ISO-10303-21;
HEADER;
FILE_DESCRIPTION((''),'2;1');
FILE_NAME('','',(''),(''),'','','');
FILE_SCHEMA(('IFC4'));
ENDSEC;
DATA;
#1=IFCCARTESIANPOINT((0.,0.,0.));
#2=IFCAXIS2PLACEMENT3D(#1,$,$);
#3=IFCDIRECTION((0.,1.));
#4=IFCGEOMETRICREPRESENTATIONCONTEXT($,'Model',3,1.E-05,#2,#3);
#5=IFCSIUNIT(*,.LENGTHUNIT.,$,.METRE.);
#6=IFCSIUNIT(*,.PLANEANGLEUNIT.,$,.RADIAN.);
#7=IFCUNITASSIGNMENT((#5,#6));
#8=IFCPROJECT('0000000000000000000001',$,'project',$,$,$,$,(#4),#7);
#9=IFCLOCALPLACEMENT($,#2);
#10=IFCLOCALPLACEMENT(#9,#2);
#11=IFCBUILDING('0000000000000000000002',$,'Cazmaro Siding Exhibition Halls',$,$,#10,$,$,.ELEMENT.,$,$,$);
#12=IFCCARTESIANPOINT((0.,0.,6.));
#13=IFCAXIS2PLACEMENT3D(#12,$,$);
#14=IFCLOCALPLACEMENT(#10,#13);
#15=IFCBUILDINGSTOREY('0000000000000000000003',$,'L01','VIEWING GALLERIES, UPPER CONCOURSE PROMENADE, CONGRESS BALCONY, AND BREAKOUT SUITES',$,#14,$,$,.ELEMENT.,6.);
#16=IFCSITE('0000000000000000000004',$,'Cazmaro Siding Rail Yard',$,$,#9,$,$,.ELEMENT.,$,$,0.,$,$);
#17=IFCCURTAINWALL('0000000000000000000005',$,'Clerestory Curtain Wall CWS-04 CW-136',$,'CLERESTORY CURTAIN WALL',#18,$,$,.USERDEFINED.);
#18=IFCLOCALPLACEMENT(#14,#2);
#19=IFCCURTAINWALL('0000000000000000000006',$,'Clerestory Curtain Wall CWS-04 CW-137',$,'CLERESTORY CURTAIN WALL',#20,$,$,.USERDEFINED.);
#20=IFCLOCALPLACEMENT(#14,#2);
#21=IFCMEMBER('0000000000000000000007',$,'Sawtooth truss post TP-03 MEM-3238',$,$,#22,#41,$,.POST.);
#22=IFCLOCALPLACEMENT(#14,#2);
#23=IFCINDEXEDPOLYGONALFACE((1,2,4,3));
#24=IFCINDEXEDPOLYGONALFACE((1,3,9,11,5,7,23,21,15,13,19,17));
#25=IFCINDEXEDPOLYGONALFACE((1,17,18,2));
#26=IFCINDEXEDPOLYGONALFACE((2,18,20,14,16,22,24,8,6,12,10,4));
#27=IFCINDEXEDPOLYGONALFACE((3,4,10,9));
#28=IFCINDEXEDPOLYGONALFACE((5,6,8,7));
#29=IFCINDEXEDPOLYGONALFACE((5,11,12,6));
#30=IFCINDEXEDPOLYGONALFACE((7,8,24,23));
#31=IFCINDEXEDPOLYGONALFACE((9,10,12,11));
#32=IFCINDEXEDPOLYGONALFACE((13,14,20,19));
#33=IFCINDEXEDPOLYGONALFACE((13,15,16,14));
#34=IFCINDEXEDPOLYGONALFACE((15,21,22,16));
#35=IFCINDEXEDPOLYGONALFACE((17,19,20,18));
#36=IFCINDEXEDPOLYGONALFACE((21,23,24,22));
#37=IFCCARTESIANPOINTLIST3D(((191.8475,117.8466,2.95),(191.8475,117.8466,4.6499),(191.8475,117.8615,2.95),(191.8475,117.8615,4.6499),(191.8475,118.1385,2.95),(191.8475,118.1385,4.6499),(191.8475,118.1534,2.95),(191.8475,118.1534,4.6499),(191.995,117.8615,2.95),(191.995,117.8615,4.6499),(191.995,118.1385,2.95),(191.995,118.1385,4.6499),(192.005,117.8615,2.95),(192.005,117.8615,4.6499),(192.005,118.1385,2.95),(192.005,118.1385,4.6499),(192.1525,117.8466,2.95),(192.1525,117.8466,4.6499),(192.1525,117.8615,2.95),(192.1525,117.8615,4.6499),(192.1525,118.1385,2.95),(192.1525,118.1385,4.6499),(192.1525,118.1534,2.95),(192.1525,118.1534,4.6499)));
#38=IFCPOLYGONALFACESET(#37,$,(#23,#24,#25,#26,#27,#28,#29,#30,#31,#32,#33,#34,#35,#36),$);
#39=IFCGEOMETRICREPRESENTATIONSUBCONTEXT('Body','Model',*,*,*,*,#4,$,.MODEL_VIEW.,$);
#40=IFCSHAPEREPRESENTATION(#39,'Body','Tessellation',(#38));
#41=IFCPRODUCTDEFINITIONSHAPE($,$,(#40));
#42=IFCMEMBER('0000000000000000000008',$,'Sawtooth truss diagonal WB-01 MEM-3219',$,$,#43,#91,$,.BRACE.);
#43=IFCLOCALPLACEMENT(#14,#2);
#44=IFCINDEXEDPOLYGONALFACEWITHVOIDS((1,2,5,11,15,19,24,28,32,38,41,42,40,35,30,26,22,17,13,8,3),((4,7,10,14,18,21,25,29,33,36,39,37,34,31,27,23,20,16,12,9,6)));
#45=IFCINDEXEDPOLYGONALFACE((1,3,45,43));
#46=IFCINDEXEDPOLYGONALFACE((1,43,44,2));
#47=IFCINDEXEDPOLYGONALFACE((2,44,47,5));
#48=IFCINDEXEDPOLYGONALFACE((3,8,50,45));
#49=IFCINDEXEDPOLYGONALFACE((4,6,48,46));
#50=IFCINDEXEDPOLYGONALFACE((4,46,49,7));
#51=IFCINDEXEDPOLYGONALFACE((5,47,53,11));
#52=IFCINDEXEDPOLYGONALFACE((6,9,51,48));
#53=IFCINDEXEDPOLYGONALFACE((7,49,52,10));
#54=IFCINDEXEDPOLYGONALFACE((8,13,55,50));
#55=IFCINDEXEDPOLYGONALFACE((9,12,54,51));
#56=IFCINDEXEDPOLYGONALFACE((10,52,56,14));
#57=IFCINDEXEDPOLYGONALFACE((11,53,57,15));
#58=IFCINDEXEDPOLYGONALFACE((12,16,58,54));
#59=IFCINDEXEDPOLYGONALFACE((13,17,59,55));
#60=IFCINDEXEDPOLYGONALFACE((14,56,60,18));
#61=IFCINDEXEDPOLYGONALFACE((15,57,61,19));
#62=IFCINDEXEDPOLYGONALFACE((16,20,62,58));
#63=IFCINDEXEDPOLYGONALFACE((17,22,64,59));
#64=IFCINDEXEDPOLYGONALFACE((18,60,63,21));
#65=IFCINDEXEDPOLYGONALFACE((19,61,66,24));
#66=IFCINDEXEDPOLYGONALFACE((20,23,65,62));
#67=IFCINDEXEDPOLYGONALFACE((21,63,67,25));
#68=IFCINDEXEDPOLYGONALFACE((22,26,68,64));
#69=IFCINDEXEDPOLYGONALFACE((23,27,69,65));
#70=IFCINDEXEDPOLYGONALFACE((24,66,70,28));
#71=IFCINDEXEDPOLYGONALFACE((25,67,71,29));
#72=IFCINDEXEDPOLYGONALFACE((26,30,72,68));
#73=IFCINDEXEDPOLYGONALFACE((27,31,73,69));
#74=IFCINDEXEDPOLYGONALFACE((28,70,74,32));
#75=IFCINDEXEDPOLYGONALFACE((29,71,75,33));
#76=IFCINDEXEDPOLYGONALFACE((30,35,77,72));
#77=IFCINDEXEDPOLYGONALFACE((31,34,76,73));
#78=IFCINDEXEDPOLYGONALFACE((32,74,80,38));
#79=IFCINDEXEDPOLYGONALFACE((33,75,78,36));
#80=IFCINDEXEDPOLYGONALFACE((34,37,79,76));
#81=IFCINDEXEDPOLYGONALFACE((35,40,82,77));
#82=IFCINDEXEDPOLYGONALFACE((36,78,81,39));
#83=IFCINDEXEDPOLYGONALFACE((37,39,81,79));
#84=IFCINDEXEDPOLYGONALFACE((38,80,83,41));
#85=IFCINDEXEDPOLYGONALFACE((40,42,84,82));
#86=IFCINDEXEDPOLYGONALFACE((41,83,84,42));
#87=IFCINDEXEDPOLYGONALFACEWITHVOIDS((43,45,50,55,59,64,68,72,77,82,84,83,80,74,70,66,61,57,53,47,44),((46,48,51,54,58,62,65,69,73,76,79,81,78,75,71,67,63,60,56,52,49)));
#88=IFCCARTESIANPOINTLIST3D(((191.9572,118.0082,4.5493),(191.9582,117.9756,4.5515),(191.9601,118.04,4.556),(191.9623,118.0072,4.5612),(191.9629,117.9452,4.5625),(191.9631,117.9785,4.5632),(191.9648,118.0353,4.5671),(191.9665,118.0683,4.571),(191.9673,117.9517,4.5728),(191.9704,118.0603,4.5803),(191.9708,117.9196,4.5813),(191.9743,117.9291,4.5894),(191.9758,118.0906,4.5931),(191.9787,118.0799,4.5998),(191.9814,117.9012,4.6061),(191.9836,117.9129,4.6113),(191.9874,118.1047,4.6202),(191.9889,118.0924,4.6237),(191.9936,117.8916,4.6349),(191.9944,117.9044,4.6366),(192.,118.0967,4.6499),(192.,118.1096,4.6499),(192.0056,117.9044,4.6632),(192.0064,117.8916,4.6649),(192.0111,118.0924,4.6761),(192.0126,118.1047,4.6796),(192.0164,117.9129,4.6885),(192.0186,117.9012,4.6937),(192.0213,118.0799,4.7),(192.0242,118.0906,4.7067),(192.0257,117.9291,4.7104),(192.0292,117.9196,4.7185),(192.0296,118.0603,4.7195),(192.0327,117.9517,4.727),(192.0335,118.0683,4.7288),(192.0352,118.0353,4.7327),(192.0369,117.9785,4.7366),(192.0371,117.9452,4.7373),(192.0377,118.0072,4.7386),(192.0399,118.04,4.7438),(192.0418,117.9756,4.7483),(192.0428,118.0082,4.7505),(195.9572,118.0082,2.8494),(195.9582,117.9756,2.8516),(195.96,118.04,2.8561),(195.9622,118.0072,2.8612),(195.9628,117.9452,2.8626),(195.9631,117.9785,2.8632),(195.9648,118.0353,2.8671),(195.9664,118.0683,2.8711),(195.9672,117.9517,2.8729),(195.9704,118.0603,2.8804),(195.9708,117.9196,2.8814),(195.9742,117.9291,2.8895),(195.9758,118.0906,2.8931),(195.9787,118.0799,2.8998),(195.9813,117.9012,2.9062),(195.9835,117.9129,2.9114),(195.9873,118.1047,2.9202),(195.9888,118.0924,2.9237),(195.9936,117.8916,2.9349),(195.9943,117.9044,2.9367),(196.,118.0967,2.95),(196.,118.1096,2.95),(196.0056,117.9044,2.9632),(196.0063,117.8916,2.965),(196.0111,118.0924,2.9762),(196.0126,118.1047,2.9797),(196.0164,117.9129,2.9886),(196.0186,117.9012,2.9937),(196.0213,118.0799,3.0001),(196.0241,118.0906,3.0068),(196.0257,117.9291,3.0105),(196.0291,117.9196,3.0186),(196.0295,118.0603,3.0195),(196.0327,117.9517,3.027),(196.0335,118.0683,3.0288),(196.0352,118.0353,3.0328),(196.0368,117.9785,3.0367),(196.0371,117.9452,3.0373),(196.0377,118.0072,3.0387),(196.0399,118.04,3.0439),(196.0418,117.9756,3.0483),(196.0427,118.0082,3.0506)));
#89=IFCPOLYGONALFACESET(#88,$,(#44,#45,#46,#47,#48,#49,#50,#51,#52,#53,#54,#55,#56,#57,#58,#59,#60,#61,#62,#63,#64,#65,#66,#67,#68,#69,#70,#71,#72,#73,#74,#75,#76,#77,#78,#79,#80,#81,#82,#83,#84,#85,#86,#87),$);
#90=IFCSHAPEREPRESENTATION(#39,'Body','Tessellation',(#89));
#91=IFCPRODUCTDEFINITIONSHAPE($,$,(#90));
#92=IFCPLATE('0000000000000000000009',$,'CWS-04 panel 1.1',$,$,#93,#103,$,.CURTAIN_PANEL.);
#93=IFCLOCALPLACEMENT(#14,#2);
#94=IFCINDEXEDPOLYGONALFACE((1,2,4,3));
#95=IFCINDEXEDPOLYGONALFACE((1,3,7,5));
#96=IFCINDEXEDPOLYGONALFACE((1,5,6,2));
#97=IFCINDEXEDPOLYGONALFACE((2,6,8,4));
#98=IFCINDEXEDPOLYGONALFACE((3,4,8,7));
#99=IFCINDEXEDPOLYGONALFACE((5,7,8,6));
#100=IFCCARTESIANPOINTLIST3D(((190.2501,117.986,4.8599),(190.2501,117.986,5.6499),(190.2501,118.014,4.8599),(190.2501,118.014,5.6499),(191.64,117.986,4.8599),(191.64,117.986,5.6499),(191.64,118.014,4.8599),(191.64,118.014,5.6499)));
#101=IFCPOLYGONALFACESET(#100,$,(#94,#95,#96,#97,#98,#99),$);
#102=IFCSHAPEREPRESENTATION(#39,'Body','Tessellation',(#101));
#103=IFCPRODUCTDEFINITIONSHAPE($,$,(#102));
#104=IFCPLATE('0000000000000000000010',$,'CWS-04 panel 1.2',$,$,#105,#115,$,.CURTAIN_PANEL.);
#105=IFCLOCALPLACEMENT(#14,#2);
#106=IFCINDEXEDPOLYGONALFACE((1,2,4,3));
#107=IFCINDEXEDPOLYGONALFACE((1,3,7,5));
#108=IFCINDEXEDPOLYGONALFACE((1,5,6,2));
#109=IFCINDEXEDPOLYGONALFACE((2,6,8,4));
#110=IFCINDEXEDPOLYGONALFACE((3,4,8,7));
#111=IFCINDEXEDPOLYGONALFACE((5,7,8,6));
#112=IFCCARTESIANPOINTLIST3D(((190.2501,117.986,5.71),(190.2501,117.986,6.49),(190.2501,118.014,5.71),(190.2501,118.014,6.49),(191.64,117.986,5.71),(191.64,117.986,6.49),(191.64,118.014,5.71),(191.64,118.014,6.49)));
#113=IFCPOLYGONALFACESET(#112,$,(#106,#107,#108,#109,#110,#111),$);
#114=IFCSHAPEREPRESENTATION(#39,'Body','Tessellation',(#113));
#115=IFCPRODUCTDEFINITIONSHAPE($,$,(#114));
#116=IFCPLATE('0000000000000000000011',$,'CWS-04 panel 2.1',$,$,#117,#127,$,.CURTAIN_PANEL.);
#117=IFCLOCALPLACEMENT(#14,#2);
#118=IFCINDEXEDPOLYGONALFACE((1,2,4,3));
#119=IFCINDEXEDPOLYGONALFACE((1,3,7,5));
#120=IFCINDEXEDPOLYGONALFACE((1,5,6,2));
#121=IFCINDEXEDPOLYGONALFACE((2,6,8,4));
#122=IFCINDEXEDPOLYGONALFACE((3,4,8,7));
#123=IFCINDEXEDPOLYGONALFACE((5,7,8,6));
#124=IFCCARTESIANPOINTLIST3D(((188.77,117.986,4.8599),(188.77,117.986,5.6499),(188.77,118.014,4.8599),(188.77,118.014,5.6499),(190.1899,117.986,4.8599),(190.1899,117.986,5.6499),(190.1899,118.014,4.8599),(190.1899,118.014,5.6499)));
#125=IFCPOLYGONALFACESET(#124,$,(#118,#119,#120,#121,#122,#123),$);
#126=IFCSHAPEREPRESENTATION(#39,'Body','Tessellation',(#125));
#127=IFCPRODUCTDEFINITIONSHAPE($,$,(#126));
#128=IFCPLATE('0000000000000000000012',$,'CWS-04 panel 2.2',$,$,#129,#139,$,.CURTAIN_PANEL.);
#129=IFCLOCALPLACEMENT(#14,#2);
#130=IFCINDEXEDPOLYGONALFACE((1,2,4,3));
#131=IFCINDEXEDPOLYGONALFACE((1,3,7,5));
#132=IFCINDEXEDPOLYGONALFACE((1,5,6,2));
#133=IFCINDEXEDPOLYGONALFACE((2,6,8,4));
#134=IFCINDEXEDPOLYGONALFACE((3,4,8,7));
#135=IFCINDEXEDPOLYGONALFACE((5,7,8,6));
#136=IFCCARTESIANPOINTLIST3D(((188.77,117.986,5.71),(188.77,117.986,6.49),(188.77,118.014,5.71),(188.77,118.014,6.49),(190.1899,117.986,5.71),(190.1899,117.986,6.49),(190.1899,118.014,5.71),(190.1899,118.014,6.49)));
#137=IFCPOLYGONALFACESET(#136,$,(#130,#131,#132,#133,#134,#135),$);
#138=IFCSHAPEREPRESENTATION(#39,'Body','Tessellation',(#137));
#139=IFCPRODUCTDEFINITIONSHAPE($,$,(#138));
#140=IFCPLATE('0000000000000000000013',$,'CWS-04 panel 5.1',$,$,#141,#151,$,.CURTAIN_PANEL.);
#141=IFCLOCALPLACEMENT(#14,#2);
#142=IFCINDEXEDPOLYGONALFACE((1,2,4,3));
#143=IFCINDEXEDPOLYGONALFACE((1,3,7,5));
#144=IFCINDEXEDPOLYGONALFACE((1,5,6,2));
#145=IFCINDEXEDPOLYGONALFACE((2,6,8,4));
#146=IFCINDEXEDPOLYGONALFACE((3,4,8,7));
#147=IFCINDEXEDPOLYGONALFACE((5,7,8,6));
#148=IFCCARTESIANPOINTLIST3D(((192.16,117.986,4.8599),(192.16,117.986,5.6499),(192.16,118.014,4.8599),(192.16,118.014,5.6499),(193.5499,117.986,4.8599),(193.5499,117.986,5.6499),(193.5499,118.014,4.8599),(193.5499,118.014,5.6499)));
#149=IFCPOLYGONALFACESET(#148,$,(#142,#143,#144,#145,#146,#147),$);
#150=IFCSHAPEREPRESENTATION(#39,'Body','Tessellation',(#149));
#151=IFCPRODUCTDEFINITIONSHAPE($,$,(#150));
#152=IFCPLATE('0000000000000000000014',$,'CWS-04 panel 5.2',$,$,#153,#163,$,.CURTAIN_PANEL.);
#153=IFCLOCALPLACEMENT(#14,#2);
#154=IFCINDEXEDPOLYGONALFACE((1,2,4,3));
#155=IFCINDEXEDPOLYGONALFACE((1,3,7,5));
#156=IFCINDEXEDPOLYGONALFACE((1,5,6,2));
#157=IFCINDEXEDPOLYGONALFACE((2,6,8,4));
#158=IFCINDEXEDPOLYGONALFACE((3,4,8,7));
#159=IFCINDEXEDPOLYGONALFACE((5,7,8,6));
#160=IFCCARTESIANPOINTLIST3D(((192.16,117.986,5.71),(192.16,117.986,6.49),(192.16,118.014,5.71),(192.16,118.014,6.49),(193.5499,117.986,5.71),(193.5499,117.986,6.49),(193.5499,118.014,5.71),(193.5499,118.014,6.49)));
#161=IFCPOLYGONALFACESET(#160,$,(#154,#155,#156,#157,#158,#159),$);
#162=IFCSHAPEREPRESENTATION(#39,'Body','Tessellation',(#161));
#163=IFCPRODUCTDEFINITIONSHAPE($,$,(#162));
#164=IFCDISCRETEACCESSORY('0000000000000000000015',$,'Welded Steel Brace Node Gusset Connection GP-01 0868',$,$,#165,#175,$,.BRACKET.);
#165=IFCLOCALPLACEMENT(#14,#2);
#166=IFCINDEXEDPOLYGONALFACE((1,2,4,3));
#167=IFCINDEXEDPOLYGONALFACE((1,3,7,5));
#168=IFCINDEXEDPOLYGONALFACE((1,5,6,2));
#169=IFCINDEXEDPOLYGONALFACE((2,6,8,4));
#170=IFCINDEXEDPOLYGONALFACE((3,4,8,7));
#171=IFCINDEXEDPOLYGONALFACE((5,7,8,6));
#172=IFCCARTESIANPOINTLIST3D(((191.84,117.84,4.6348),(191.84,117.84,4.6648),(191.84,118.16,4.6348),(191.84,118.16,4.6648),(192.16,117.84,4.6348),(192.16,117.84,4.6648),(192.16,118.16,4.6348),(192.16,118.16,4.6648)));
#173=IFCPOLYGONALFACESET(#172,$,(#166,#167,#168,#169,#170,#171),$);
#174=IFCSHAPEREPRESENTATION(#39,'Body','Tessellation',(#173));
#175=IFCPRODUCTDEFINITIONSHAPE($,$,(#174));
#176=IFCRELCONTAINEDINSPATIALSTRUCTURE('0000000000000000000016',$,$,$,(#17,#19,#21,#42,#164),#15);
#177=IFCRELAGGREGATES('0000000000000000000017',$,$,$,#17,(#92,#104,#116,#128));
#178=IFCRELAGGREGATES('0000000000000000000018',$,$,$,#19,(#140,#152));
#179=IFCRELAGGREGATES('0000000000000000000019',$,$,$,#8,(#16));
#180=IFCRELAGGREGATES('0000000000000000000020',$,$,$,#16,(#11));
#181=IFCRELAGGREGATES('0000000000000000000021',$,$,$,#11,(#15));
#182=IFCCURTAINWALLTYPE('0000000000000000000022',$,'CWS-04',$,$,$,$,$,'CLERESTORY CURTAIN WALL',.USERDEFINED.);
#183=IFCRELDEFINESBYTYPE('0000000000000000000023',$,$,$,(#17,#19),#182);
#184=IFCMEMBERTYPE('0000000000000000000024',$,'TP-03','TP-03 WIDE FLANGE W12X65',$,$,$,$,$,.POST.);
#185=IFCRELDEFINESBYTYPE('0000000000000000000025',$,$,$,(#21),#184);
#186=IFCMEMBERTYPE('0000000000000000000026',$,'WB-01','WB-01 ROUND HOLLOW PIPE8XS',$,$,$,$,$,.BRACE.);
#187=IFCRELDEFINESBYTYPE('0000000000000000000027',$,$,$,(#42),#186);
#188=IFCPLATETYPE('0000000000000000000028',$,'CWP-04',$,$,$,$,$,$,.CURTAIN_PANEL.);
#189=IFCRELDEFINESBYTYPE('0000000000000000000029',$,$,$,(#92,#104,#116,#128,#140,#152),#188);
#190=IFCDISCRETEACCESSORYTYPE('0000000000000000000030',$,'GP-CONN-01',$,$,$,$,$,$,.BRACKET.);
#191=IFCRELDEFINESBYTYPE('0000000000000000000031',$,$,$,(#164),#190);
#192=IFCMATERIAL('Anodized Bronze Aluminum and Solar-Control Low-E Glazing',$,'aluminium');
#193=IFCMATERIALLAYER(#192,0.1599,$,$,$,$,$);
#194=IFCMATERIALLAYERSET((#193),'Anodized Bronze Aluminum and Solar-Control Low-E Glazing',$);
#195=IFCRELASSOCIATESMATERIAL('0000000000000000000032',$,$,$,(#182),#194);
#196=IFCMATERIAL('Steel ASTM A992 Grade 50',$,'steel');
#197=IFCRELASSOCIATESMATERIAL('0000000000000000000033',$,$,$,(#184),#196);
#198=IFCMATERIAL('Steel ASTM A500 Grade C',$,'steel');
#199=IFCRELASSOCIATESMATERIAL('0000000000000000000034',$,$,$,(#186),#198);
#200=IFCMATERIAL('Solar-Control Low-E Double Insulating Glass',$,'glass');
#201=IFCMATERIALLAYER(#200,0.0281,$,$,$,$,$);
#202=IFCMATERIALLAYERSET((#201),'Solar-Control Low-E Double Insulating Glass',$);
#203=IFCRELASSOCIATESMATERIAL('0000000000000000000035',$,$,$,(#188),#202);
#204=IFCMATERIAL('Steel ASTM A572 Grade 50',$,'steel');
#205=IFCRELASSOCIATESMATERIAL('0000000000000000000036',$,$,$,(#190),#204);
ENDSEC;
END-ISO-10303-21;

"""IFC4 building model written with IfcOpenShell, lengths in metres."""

from ifc_helpers import new_model, si_unit, direction, frame, origin, origin_2d, place, context, subcontext, project, spatial, rectangle, hollow_circle, i_section, extrude, material, layer, layer_set, material_profile, profile_set, type_object, element, aggregate, save


model = new_model("IFC4")

# Units and contexts
model_context = context("Model", 3, precision=1e-05, world=origin(), true_north=direction((0.0, 1.0)))
body_context = subcontext(model_context, "Body", "Model", "MODEL_VIEW")
ifc_project = project(units=[si_unit("LENGTHUNIT", "METRE"), si_unit("PLANEANGLEUNIT", "RADIAN")], contexts=[model_context])

# Site, building, storey
site_placement = place(None, origin())
site = spatial("IfcSite", under=ifc_project, at=site_placement, Name="Cazmaro Siding Rail Yard", CompositionType="ELEMENT", RefElevation=0.0)
building_placement = place(site_placement, origin())
building = spatial("IfcBuilding", under=site, at=building_placement, Name="Cazmaro Siding Exhibition Halls", CompositionType="ELEMENT")
storey_placement = place(building_placement, frame((0.0, 0.0, 6.0)))
storey = spatial("IfcBuildingStorey", under=building, at=storey_placement, Name="L01", Description="VIEWING GALLERIES, UPPER CONCOURSE PROMENADE, CONGRESS BALCONY, AND BREAKOUT SUITES", CompositionType="ELEMENT", Elevation=6.0)

# Curtain wall
ifc_material_1 = material(Name="Anodized Bronze Aluminum and Solar-Control Low-E Glazing", Category="aluminium")
ifc_layer_1 = layer(ifc_material_1, 0.1599)
ifc_layer_set_1 = layer_set([ifc_layer_1], Name="Anodized Bronze Aluminum and Solar-Control Low-E Glazing")
curtain_wall_type = type_object("IfcCurtainWallType", Name="CWS-04", ElementType="CLERESTORY CURTAIN WALL", PredefinedType="USERDEFINED", material=ifc_layer_set_1)
curtain_wall_1_placement = place(storey_placement, origin())
curtain_wall_1 = element("IfcCurtainWall", 1, at=curtain_wall_1_placement, inside=storey, type_object=curtain_wall_type, Name="Clerestory Curtain Wall CWS-04 CW-136", ObjectType="CLERESTORY CURTAIN WALL", PredefinedType="USERDEFINED")

# Curtain wall
curtain_wall_2_placement = place(storey_placement, origin())
curtain_wall_2 = element("IfcCurtainWall", 2, at=curtain_wall_2_placement, inside=storey, type_object=curtain_wall_type, Name="Clerestory Curtain Wall CWS-04 CW-137", ObjectType="CLERESTORY CURTAIN WALL", PredefinedType="USERDEFINED")

# Members
ifc_material_2 = material(Name="Steel ASTM A992 Grade 50", Category="steel")
ifc_material_profile_1 = material_profile(ifc_material_2, i_section(OverallWidth=0.3049, OverallDepth=0.3069, WebThickness=0.01, FlangeThickness=0.0149, at=origin_2d()), Name="W12X65")
ifc_profile_set_1 = profile_set([ifc_material_profile_1], Name="Steel ASTM A992 Grade 50")
member_type_1 = type_object("IfcMemberType", Name="TP-03", Description="TP-03 WIDE FLANGE W12X65", PredefinedType="POST", material=ifc_profile_set_1)
member_1_placement = place(storey_placement, frame((192.0, 118.0, 2.95), z_axis=(0.0, 0.0, 1.0), x_axis=(1.0, 0.0, 0.0)))
element("IfcMember", 3, at=member_1_placement, inside=storey, type_object=member_type_1, Name="Sawtooth truss post TP-03 MEM-3238", PredefinedType="POST", context=body_context, shape_type="SweptSolid", body=[
    extrude(i_section(OverallWidth=0.3049, OverallDepth=0.3069, WebThickness=0.01, FlangeThickness=0.0149, at=origin_2d()), origin(), (0.0, 0.0, 1.0), 1.7),
])
ifc_material_3 = material(Name="Steel ASTM A500 Grade C", Category="steel")
ifc_material_profile_2 = material_profile(ifc_material_3, hollow_circle(Radius=0.1096, WallThickness=0.0129, at=origin_2d()), Name="PIPE8XS")
ifc_profile_set_2 = profile_set([ifc_material_profile_2], Name="Steel ASTM A500 Grade C")
member_type_2 = type_object("IfcMemberType", Name="WB-01", Description="WB-01 ROUND HOLLOW PIPE8XS", PredefinedType="BRACE", material=ifc_profile_set_2)
member_2_placement = place(storey_placement, frame((192.0, 118.0, 4.6499), z_axis=(0.920335, 0.0, -0.391131), x_axis=(0.0, 1.0, 0.0)))
element("IfcMember", 4, at=member_2_placement, inside=storey, type_object=member_type_2, Name="Sawtooth truss diagonal WB-01 MEM-3219", PredefinedType="BRACE", context=body_context, shape_type="SweptSolid", body=[
    extrude(hollow_circle(Radius=0.1096, WallThickness=0.0129, at=origin_2d()), origin(), (0.0, 0.0, 1.0), 4.3462),
])

# Plates
ifc_material_4 = material(Name="Solar-Control Low-E Double Insulating Glass", Category="glass")
ifc_layer_2 = layer(ifc_material_4, 0.0281)
ifc_layer_set_2 = layer_set([ifc_layer_2], Name="Solar-Control Low-E Double Insulating Glass")
plate_type = type_object("IfcPlateType", Name="CWP-04", PredefinedType="CURTAIN_PANEL", material=ifc_layer_set_2)
plate_1_placement = place(storey_placement, frame((190.9451, 118.0, 4.8599), z_axis=(0.0, 0.0, 1.0), x_axis=(-1.0, 0.0, 0.0)))
plate_1 = element("IfcPlate", 5, at=plate_1_placement, type_object=plate_type, Name="CWS-04 panel 1.1", PredefinedType="CURTAIN_PANEL", context=body_context, shape_type="SweptSolid", body=[
    extrude(rectangle(XDim=1.3899, YDim=0.0281, at=origin_2d()), origin(), (0.0, 0.0, 1.0), 0.79),
])
plate_2_placement = place(storey_placement, frame((190.9451, 118.0, 5.71), z_axis=(0.0, 0.0, 1.0), x_axis=(-1.0, 0.0, 0.0)))
plate_2 = element("IfcPlate", 6, at=plate_2_placement, type_object=plate_type, Name="CWS-04 panel 1.2", PredefinedType="CURTAIN_PANEL", context=body_context, shape_type="SweptSolid", body=[
    extrude(rectangle(XDim=1.3899, YDim=0.0281, at=origin_2d()), origin(), (0.0, 0.0, 1.0), 0.78),
])
plate_3_placement = place(storey_placement, frame((189.48, 118.0, 4.8599), z_axis=(0.0, 0.0, 1.0), x_axis=(-1.0, 0.0, 0.0)))
plate_3 = element("IfcPlate", 7, at=plate_3_placement, type_object=plate_type, Name="CWS-04 panel 2.1", PredefinedType="CURTAIN_PANEL", context=body_context, shape_type="SweptSolid", body=[
    extrude(rectangle(XDim=1.4199, YDim=0.0281, at=origin_2d()), origin(), (0.0, 0.0, 1.0), 0.79),
])
plate_4_placement = place(storey_placement, frame((189.48, 118.0, 5.71), z_axis=(0.0, 0.0, 1.0), x_axis=(-1.0, 0.0, 0.0)))
plate_4 = element("IfcPlate", 8, at=plate_4_placement, type_object=plate_type, Name="CWS-04 panel 2.2", PredefinedType="CURTAIN_PANEL", context=body_context, shape_type="SweptSolid", body=[
    extrude(rectangle(XDim=1.4199, YDim=0.0281, at=origin_2d()), origin(), (0.0, 0.0, 1.0), 0.78),
])
aggregate(curtain_wall_1, [plate_1, plate_2, plate_3, plate_4])
plate_5_placement = place(storey_placement, frame((192.855, 118.0, 4.8599), z_axis=(0.0, 0.0, 1.0), x_axis=(-1.0, 0.0, 0.0)))
plate_5 = element("IfcPlate", 9, at=plate_5_placement, type_object=plate_type, Name="CWS-04 panel 5.1", PredefinedType="CURTAIN_PANEL", context=body_context, shape_type="SweptSolid", body=[
    extrude(rectangle(XDim=1.3899, YDim=0.0281, at=origin_2d()), origin(), (0.0, 0.0, 1.0), 0.79),
])
plate_6_placement = place(storey_placement, frame((192.855, 118.0, 5.71), z_axis=(0.0, 0.0, 1.0), x_axis=(-1.0, 0.0, 0.0)))
plate_6 = element("IfcPlate", 10, at=plate_6_placement, type_object=plate_type, Name="CWS-04 panel 5.2", PredefinedType="CURTAIN_PANEL", context=body_context, shape_type="SweptSolid", body=[
    extrude(rectangle(XDim=1.3899, YDim=0.0281, at=origin_2d()), origin(), (0.0, 0.0, 1.0), 0.78),
])
aggregate(curtain_wall_2, [plate_5, plate_6])

# Discrete accessory
ifc_material_5 = material(Name="Steel ASTM A572 Grade 50", Category="steel")
discrete_accessory_type = type_object("IfcDiscreteAccessoryType", Name="GP-CONN-01", PredefinedType="BRACKET", material=ifc_material_5)
discrete_accessory_placement = place(storey_placement, frame((192.0, 118.0, 4.6348), z_axis=(0.0, 0.0, 1.0), x_axis=(1.0, 0.0, 0.0)))
element("IfcDiscreteAccessory", 11, at=discrete_accessory_placement, inside=storey, type_object=discrete_accessory_type, Name="Welded Steel Brace Node Gusset Connection GP-01 0868", PredefinedType="BRACKET", context=body_context, shape_type="SweptSolid", body=[
    extrude(rectangle(XDim=0.3201, YDim=0.3201, at=origin_2d()), origin(), (0.0, 0.0, 1.0), 0.03),
])

save(model, "model.ifc")
